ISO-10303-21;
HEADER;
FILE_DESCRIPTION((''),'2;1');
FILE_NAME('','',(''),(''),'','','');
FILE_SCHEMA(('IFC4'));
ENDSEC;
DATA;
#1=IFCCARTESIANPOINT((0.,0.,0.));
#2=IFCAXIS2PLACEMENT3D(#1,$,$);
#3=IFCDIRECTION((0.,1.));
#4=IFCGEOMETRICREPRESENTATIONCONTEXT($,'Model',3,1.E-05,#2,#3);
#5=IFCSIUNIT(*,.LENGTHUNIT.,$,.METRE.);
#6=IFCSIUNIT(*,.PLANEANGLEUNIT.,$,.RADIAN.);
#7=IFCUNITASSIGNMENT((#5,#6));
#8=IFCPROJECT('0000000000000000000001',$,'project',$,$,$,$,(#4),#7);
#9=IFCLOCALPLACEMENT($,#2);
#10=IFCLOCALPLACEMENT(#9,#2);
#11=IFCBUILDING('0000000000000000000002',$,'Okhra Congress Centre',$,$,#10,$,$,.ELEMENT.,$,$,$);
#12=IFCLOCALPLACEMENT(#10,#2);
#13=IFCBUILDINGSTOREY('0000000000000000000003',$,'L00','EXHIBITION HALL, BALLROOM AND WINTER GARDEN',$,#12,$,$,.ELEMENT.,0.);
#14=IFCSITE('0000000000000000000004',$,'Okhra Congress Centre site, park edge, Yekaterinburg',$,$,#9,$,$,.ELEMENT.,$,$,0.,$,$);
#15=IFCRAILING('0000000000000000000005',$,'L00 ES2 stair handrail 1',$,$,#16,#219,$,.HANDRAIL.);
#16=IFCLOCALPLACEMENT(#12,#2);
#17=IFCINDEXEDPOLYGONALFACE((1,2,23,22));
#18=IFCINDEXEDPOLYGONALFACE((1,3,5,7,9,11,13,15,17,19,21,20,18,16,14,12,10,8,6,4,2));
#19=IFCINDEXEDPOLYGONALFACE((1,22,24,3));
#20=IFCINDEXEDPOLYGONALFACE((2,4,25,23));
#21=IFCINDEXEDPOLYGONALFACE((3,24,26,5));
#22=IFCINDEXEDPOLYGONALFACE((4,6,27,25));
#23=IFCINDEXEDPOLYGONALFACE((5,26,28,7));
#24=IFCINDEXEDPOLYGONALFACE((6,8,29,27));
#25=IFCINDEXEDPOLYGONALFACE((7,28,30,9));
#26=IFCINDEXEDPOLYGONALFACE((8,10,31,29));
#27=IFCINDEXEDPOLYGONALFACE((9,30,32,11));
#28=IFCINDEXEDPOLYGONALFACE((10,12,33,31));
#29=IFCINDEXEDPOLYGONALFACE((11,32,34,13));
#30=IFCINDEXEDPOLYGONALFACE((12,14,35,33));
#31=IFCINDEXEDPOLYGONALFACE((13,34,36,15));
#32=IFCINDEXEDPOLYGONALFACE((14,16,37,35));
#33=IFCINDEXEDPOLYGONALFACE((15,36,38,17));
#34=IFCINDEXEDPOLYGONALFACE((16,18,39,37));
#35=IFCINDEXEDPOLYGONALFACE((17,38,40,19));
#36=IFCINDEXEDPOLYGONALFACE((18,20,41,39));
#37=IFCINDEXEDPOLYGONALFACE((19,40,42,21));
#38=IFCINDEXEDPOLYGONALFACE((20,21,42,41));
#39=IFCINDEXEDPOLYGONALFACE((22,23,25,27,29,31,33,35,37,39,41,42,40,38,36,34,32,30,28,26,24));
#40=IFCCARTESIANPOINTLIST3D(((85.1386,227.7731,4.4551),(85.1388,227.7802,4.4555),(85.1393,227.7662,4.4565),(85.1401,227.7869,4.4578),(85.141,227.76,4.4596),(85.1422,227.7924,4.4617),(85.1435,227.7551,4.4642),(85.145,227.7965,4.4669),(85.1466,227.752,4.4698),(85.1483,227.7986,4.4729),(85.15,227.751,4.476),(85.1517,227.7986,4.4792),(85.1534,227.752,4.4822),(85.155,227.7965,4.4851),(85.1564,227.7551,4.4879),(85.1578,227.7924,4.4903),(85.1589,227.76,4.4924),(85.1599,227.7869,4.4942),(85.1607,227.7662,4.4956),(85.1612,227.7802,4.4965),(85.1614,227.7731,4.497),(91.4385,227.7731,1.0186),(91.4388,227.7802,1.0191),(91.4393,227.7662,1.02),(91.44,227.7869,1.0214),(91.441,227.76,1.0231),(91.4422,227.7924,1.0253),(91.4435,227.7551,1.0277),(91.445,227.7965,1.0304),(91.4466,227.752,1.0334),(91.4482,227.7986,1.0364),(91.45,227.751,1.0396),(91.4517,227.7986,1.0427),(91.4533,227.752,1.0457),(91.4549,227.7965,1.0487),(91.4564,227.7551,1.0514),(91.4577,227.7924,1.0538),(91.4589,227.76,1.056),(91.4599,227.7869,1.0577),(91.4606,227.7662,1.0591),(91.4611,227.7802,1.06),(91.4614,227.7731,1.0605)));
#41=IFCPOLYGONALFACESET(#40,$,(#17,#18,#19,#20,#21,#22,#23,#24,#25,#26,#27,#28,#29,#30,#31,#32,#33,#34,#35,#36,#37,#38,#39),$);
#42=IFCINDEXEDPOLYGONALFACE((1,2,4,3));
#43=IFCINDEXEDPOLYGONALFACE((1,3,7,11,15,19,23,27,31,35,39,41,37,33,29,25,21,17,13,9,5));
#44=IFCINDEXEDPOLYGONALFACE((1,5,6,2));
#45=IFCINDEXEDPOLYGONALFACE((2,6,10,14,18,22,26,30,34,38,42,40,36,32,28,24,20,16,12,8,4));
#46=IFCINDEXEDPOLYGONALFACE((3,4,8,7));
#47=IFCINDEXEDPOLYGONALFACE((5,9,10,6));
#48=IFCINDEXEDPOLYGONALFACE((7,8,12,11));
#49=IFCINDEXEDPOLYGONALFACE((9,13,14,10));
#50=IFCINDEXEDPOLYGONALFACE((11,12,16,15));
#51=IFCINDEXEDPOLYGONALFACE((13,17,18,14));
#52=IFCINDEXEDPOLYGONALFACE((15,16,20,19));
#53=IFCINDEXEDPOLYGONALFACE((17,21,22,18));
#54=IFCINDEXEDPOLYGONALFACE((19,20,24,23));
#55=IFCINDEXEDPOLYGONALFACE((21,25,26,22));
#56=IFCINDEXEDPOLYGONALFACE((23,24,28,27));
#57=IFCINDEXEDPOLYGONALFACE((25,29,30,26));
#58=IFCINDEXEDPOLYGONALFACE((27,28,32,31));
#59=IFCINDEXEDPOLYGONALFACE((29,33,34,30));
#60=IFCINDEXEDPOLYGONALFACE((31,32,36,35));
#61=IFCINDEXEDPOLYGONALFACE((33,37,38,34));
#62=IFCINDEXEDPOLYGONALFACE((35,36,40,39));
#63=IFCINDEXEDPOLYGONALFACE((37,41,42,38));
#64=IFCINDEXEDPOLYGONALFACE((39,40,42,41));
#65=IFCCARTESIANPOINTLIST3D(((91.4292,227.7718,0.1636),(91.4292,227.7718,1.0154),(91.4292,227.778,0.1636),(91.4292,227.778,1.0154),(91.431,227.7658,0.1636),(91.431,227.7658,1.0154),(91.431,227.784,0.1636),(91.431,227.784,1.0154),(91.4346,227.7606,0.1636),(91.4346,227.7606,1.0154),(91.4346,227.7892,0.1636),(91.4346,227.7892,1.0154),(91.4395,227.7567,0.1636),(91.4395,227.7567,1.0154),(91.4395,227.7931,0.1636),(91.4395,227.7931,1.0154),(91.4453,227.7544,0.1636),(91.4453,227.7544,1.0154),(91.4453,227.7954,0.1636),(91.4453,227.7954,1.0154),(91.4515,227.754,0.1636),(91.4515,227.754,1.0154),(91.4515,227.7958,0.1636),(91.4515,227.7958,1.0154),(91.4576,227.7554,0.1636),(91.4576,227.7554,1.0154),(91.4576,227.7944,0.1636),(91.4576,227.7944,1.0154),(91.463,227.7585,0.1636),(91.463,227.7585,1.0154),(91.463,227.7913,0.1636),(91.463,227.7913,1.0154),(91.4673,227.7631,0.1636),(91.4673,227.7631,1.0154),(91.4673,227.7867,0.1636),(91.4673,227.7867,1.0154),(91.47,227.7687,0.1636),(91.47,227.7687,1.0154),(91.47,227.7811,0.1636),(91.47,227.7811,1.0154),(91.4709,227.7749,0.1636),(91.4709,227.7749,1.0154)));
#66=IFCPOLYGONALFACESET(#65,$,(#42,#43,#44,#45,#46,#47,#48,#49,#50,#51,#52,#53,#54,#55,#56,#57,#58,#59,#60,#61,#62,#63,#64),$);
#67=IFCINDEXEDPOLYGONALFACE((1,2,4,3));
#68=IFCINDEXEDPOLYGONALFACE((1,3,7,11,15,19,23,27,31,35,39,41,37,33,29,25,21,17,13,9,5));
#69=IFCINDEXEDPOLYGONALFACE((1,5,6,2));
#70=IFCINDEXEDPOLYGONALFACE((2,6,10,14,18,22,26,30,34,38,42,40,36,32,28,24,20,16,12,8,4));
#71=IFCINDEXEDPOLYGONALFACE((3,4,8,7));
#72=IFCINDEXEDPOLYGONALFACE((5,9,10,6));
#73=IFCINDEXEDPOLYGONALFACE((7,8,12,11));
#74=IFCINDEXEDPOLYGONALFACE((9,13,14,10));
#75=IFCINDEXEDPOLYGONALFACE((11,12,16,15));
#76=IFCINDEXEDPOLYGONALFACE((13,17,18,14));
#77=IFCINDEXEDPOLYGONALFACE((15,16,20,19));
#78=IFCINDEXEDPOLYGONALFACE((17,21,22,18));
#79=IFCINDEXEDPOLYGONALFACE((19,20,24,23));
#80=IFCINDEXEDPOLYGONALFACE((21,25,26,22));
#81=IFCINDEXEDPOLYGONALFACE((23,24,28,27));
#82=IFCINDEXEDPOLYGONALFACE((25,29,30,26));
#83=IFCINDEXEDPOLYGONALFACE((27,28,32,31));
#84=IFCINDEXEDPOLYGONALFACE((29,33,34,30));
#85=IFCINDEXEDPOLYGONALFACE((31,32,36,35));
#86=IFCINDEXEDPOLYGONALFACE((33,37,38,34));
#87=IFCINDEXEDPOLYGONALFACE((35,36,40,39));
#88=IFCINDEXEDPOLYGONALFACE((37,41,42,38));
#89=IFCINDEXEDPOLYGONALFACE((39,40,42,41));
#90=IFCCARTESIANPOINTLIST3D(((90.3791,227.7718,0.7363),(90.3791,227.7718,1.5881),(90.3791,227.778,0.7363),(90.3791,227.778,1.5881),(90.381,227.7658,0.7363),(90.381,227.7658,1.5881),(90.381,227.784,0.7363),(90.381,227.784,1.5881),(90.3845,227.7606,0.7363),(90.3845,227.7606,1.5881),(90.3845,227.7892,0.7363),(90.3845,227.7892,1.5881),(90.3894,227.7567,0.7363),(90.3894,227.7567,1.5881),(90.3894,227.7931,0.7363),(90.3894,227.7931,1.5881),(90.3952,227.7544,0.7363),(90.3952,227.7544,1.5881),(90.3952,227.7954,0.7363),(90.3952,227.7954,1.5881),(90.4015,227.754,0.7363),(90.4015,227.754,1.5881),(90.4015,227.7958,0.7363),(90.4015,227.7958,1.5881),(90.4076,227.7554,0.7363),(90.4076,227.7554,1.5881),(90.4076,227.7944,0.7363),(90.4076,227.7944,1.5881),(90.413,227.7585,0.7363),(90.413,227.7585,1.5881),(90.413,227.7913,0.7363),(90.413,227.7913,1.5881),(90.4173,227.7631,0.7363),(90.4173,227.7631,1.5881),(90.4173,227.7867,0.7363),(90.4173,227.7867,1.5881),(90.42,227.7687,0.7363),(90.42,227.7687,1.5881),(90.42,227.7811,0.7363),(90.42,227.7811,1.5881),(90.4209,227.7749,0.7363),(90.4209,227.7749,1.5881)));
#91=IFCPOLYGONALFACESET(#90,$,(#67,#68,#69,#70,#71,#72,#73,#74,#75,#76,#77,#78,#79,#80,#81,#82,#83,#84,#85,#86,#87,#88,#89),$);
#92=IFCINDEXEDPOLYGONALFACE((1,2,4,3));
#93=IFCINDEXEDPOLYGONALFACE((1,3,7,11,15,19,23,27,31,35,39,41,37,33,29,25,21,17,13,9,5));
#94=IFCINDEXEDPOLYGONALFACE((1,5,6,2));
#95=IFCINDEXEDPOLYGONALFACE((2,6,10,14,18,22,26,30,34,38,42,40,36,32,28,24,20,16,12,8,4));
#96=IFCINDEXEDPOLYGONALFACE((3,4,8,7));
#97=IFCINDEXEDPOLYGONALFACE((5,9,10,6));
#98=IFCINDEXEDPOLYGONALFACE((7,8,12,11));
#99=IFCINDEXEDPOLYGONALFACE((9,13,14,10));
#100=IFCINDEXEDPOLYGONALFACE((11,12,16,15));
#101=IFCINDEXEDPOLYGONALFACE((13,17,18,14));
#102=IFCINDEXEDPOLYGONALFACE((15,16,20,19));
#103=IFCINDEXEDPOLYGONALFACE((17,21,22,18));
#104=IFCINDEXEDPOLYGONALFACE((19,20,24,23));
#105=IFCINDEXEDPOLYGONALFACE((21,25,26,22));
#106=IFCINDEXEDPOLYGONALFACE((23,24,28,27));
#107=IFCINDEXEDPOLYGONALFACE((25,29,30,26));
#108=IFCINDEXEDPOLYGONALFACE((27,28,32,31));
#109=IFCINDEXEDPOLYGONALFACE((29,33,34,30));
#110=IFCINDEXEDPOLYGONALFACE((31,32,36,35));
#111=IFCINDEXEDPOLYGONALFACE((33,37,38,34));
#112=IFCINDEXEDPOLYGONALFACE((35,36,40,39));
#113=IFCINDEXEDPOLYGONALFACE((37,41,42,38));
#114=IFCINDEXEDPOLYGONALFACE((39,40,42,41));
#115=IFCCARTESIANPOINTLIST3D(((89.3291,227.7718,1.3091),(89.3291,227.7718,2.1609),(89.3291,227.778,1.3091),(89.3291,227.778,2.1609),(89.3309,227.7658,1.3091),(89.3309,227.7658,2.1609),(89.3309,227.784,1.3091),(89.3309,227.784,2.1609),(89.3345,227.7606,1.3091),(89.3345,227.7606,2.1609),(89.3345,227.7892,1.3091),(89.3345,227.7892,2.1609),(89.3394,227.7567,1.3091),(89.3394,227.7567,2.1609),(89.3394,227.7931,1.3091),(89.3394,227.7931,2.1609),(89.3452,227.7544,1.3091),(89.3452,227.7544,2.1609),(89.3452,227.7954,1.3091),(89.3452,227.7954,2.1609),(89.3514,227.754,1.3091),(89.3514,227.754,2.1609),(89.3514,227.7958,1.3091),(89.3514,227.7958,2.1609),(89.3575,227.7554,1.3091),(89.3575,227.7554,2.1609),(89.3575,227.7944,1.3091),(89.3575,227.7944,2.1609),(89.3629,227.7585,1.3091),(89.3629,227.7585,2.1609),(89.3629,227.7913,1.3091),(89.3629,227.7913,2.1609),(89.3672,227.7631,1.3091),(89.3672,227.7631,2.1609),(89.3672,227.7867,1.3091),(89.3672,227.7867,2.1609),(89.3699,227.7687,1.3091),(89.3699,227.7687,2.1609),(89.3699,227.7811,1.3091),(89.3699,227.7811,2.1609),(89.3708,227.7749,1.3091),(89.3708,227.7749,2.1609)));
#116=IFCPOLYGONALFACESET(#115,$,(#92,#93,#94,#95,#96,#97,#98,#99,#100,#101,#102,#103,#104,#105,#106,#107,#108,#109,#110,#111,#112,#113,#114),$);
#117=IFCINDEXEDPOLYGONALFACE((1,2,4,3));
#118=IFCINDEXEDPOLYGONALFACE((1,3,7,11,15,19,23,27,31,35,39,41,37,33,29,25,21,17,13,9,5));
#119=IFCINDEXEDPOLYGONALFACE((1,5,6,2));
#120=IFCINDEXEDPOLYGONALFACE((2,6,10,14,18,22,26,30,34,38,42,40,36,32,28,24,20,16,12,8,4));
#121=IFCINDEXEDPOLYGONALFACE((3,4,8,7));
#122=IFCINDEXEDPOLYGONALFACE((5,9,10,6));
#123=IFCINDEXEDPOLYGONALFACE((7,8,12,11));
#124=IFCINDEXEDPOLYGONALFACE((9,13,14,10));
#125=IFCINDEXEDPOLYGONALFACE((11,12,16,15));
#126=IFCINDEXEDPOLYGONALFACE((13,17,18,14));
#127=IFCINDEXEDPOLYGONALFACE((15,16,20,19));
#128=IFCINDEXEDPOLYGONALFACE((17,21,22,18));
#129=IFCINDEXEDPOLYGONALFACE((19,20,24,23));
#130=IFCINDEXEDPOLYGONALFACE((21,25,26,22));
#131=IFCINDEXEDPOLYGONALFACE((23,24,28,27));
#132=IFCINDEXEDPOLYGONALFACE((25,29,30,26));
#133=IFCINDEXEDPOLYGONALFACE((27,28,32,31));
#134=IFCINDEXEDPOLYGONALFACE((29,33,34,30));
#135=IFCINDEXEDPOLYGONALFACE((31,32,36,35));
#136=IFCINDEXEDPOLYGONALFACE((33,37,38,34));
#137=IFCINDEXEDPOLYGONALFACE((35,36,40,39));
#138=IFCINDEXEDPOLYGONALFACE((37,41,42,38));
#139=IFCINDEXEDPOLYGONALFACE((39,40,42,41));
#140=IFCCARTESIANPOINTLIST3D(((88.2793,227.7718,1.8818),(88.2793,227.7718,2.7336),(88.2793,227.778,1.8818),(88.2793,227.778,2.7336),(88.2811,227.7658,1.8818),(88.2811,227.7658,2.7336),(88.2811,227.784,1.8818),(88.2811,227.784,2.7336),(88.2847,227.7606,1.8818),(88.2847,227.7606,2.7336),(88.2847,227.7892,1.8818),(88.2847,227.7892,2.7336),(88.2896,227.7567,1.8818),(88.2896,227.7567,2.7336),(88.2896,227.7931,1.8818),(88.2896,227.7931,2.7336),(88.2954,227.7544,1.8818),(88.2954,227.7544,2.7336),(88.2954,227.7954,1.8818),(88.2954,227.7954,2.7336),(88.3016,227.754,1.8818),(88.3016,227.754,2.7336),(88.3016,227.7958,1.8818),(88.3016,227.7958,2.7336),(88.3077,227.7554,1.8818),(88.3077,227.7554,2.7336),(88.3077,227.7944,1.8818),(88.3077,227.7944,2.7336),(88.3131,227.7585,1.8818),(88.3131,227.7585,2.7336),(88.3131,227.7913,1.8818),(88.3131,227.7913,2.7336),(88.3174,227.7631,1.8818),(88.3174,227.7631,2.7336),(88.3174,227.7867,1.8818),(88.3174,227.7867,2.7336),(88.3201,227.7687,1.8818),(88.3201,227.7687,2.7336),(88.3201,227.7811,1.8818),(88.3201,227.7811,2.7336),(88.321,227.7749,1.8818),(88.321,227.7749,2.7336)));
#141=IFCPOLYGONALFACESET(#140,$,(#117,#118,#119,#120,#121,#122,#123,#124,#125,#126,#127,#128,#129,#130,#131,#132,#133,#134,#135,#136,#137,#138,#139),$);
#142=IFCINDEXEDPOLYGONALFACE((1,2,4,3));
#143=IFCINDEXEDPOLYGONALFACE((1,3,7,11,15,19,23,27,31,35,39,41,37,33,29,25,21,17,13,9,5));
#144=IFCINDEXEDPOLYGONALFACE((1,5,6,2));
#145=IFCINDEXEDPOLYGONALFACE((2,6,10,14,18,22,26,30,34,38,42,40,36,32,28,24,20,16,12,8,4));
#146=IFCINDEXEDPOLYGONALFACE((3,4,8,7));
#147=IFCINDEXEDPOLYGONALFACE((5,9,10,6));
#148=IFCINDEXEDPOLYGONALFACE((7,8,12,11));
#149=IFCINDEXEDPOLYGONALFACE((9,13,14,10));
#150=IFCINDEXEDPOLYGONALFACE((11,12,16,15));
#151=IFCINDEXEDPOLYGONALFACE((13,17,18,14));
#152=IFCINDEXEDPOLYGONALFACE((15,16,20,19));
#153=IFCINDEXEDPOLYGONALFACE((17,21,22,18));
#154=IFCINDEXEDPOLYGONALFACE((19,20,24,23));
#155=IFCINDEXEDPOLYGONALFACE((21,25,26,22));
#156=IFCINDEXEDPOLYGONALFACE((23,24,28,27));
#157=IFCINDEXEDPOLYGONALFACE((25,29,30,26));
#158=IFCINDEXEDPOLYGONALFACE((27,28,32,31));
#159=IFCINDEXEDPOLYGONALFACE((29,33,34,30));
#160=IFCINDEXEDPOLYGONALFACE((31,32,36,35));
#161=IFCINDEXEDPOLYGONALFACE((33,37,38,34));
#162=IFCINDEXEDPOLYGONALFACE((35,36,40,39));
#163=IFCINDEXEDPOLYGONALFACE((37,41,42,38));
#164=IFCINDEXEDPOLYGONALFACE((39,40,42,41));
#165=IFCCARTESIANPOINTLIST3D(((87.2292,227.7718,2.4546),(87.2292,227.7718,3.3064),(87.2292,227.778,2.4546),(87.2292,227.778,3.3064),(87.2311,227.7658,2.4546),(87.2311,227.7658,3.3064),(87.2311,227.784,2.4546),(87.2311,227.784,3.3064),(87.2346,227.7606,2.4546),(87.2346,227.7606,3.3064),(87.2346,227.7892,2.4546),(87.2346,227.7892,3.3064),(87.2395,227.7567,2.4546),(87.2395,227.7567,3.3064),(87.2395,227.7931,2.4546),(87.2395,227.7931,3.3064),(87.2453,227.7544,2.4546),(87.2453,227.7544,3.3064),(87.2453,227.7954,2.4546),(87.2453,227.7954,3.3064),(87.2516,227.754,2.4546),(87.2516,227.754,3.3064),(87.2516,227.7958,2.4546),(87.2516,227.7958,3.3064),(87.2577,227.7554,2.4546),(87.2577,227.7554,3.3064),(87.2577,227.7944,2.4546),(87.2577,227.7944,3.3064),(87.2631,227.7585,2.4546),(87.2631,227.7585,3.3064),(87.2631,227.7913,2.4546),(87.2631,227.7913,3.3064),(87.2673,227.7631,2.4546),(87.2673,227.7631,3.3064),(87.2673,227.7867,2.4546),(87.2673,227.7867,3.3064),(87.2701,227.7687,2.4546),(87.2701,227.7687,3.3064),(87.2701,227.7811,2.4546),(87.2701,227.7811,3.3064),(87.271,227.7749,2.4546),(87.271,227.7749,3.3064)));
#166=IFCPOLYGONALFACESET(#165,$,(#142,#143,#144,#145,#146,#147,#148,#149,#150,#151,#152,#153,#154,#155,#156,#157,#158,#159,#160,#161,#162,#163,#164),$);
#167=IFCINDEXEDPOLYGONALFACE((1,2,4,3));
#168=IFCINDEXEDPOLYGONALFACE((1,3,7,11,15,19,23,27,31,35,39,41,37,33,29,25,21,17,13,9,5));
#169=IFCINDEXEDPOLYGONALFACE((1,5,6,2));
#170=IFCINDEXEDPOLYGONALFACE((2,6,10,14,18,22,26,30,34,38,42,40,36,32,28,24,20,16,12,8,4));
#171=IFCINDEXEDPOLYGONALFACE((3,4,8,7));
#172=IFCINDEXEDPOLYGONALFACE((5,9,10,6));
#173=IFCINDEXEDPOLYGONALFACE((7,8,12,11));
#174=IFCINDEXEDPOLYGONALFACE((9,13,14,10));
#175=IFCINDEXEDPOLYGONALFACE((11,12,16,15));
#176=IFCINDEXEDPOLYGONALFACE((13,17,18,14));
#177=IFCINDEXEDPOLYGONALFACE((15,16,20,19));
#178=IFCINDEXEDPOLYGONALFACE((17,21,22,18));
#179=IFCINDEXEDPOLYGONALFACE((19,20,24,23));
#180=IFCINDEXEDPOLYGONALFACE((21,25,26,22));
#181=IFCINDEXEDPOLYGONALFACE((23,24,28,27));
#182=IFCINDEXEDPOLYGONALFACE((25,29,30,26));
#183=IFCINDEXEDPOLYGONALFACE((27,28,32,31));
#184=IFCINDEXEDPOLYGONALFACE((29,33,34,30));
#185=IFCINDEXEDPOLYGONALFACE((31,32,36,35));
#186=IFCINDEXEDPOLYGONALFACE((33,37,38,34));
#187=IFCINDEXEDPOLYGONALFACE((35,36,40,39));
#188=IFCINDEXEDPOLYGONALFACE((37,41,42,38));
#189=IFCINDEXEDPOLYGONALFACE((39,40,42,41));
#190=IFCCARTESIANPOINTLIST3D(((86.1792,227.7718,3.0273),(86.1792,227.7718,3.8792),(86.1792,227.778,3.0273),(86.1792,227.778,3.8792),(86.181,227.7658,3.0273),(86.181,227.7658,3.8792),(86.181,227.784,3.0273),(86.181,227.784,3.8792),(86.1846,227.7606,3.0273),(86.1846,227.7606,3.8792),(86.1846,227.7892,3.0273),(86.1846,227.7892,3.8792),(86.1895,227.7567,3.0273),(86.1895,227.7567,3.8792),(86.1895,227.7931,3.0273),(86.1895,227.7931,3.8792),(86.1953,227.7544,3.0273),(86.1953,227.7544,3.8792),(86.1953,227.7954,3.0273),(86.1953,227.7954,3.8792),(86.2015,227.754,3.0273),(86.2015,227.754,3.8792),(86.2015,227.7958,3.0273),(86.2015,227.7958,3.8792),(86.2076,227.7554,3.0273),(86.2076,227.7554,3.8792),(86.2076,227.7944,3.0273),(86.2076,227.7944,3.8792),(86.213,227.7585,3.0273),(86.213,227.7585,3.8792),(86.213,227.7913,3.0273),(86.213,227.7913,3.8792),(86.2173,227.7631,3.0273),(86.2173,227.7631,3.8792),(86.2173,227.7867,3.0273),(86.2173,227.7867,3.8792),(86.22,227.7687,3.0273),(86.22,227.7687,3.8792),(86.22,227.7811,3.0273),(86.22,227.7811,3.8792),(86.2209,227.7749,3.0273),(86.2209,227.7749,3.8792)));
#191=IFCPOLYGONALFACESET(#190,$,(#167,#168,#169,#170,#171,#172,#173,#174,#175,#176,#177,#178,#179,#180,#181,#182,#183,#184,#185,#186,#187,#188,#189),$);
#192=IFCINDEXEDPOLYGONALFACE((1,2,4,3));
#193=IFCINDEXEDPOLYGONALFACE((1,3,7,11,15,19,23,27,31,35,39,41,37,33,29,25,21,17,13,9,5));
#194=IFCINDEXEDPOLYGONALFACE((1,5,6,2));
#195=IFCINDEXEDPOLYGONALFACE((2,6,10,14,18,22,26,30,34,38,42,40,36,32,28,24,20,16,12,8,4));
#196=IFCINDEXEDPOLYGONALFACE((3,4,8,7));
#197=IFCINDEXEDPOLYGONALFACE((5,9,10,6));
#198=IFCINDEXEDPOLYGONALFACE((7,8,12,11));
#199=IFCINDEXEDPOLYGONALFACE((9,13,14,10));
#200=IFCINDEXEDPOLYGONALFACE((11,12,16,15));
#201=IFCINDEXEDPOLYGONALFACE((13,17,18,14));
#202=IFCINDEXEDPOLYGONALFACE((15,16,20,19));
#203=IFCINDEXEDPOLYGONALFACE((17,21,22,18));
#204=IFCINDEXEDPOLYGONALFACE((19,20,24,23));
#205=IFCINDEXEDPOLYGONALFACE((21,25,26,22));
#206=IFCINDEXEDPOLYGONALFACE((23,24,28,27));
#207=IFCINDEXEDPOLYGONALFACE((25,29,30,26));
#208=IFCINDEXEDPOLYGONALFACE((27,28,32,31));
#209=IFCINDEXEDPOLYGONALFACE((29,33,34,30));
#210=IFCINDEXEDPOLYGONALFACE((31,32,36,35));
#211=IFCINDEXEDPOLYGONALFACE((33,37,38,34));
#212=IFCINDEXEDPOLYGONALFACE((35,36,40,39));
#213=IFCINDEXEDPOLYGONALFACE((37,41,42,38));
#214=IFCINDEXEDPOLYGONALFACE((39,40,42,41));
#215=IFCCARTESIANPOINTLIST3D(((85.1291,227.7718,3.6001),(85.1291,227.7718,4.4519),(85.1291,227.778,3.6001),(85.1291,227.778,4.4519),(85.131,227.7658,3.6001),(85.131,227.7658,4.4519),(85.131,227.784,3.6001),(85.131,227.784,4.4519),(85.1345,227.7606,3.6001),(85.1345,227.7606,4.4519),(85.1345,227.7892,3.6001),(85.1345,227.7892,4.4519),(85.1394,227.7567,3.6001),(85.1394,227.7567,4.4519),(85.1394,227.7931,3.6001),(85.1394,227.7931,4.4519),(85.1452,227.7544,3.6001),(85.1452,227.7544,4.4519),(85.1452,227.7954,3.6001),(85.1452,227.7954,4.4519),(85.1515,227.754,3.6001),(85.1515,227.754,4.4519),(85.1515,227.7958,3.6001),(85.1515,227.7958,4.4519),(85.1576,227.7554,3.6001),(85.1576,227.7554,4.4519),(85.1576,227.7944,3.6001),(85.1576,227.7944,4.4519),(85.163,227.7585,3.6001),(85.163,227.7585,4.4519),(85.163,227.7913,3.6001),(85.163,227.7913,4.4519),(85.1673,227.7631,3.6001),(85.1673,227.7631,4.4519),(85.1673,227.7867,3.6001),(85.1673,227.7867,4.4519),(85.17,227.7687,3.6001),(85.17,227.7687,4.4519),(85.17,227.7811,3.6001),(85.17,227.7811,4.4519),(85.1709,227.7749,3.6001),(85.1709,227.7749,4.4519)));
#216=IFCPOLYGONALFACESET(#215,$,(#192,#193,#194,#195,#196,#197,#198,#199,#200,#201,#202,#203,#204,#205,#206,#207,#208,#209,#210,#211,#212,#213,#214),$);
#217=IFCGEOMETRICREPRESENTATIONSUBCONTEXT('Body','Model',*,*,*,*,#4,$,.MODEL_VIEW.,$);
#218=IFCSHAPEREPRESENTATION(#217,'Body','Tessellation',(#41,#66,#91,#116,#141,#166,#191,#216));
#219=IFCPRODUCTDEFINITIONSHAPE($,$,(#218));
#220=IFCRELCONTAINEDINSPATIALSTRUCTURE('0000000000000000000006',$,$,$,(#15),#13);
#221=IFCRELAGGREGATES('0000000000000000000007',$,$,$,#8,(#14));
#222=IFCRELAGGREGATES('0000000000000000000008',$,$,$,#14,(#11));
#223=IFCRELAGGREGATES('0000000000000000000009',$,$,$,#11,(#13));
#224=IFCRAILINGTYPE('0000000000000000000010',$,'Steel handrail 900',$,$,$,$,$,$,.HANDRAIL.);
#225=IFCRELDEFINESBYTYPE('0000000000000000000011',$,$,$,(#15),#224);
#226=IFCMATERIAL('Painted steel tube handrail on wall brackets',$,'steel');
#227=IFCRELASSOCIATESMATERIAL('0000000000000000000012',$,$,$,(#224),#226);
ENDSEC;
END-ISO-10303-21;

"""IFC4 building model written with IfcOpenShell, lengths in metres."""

from ifc_helpers import new_model, si_unit, direction, frame, origin, origin_2d, place, context, subcontext, project, spatial, circle, extrude, material, type_object, element, save


model = new_model("IFC4")

# Units and contexts
model_context = context("Model", 3, precision=1e-05, world=origin(), true_north=direction((0.0, 1.0)))
body_context = subcontext(model_context, "Body", "Model", "MODEL_VIEW")
ifc_project = project(units=[si_unit("LENGTHUNIT", "METRE"), si_unit("PLANEANGLEUNIT", "RADIAN")], contexts=[model_context])

# Site, building, storey
site_placement = place(None, origin())
site = spatial("IfcSite", under=ifc_project, at=site_placement, Name="Okhra Congress Centre site, park edge, Yekaterinburg", CompositionType="ELEMENT", RefElevation=0.0)
building_placement = place(site_placement, origin())
building = spatial("IfcBuilding", under=site, at=building_placement, Name="Okhra Congress Centre", CompositionType="ELEMENT")
storey_placement = place(building_placement, origin())
storey = spatial("IfcBuildingStorey", under=building, at=storey_placement, Name="L00", Description="EXHIBITION HALL, BALLROOM AND WINTER GARDEN", CompositionType="ELEMENT", Elevation=0.0)

# Railing
ifc_material_1 = material(Name="Painted steel tube handrail on wall brackets", Category="steel")
railing_type_1 = type_object("IfcRailingType", Name="Steel handrail 900", PredefinedType="HANDRAIL", material=ifc_material_1)
railing_1_placement = place(storey_placement, frame((91.45, 227.7749, 0.1636)))
element("IfcRailing", 1, at=railing_1_placement, inside=storey, type_object=railing_type_1, Name="L00 ES2 stair handrail 1", PredefinedType="HANDRAIL", context=body_context, shape_type="SweptSolid", body=[
    extrude(circle(Radius=0.0239, at=origin_2d()), frame((0.0, 0.0, 0.876), z_axis=(-0.877888, 0.0, 0.478866), x_axis=(0.0, -1.0, 0.0)), (0.0, 0.0, 1.0), 7.1763),
    extrude(circle(Radius=0.021, at=origin_2d()), origin(), (0.0, 0.0, 1.0), 0.8518),
    extrude(circle(Radius=0.021, at=origin_2d()), frame((-1.05, 0.0, 0.5728)), (0.0, 0.0, 1.0), 0.8518),
    extrude(circle(Radius=0.021, at=origin_2d()), frame((-2.1001, 0.0, 1.1455)), (0.0, 0.0, 1.0), 0.8518),
    extrude(circle(Radius=0.021, at=origin_2d()), frame((-3.1499, 0.0, 1.7183)), (0.0, 0.0, 1.0), 0.8518),
    extrude(circle(Radius=0.021, at=origin_2d()), frame((-4.2, 0.0, 2.291)), (0.0, 0.0, 1.0), 0.8518),
    extrude(circle(Radius=0.021, at=origin_2d()), frame((-5.25, 0.0, 2.8638)), (0.0, 0.0, 1.0), 0.8518),
    extrude(circle(Radius=0.021, at=origin_2d()), frame((-6.3, 0.0, 3.4365)), (0.0, 0.0, 1.0), 0.8518),
])

save(model, "model.ifc")
